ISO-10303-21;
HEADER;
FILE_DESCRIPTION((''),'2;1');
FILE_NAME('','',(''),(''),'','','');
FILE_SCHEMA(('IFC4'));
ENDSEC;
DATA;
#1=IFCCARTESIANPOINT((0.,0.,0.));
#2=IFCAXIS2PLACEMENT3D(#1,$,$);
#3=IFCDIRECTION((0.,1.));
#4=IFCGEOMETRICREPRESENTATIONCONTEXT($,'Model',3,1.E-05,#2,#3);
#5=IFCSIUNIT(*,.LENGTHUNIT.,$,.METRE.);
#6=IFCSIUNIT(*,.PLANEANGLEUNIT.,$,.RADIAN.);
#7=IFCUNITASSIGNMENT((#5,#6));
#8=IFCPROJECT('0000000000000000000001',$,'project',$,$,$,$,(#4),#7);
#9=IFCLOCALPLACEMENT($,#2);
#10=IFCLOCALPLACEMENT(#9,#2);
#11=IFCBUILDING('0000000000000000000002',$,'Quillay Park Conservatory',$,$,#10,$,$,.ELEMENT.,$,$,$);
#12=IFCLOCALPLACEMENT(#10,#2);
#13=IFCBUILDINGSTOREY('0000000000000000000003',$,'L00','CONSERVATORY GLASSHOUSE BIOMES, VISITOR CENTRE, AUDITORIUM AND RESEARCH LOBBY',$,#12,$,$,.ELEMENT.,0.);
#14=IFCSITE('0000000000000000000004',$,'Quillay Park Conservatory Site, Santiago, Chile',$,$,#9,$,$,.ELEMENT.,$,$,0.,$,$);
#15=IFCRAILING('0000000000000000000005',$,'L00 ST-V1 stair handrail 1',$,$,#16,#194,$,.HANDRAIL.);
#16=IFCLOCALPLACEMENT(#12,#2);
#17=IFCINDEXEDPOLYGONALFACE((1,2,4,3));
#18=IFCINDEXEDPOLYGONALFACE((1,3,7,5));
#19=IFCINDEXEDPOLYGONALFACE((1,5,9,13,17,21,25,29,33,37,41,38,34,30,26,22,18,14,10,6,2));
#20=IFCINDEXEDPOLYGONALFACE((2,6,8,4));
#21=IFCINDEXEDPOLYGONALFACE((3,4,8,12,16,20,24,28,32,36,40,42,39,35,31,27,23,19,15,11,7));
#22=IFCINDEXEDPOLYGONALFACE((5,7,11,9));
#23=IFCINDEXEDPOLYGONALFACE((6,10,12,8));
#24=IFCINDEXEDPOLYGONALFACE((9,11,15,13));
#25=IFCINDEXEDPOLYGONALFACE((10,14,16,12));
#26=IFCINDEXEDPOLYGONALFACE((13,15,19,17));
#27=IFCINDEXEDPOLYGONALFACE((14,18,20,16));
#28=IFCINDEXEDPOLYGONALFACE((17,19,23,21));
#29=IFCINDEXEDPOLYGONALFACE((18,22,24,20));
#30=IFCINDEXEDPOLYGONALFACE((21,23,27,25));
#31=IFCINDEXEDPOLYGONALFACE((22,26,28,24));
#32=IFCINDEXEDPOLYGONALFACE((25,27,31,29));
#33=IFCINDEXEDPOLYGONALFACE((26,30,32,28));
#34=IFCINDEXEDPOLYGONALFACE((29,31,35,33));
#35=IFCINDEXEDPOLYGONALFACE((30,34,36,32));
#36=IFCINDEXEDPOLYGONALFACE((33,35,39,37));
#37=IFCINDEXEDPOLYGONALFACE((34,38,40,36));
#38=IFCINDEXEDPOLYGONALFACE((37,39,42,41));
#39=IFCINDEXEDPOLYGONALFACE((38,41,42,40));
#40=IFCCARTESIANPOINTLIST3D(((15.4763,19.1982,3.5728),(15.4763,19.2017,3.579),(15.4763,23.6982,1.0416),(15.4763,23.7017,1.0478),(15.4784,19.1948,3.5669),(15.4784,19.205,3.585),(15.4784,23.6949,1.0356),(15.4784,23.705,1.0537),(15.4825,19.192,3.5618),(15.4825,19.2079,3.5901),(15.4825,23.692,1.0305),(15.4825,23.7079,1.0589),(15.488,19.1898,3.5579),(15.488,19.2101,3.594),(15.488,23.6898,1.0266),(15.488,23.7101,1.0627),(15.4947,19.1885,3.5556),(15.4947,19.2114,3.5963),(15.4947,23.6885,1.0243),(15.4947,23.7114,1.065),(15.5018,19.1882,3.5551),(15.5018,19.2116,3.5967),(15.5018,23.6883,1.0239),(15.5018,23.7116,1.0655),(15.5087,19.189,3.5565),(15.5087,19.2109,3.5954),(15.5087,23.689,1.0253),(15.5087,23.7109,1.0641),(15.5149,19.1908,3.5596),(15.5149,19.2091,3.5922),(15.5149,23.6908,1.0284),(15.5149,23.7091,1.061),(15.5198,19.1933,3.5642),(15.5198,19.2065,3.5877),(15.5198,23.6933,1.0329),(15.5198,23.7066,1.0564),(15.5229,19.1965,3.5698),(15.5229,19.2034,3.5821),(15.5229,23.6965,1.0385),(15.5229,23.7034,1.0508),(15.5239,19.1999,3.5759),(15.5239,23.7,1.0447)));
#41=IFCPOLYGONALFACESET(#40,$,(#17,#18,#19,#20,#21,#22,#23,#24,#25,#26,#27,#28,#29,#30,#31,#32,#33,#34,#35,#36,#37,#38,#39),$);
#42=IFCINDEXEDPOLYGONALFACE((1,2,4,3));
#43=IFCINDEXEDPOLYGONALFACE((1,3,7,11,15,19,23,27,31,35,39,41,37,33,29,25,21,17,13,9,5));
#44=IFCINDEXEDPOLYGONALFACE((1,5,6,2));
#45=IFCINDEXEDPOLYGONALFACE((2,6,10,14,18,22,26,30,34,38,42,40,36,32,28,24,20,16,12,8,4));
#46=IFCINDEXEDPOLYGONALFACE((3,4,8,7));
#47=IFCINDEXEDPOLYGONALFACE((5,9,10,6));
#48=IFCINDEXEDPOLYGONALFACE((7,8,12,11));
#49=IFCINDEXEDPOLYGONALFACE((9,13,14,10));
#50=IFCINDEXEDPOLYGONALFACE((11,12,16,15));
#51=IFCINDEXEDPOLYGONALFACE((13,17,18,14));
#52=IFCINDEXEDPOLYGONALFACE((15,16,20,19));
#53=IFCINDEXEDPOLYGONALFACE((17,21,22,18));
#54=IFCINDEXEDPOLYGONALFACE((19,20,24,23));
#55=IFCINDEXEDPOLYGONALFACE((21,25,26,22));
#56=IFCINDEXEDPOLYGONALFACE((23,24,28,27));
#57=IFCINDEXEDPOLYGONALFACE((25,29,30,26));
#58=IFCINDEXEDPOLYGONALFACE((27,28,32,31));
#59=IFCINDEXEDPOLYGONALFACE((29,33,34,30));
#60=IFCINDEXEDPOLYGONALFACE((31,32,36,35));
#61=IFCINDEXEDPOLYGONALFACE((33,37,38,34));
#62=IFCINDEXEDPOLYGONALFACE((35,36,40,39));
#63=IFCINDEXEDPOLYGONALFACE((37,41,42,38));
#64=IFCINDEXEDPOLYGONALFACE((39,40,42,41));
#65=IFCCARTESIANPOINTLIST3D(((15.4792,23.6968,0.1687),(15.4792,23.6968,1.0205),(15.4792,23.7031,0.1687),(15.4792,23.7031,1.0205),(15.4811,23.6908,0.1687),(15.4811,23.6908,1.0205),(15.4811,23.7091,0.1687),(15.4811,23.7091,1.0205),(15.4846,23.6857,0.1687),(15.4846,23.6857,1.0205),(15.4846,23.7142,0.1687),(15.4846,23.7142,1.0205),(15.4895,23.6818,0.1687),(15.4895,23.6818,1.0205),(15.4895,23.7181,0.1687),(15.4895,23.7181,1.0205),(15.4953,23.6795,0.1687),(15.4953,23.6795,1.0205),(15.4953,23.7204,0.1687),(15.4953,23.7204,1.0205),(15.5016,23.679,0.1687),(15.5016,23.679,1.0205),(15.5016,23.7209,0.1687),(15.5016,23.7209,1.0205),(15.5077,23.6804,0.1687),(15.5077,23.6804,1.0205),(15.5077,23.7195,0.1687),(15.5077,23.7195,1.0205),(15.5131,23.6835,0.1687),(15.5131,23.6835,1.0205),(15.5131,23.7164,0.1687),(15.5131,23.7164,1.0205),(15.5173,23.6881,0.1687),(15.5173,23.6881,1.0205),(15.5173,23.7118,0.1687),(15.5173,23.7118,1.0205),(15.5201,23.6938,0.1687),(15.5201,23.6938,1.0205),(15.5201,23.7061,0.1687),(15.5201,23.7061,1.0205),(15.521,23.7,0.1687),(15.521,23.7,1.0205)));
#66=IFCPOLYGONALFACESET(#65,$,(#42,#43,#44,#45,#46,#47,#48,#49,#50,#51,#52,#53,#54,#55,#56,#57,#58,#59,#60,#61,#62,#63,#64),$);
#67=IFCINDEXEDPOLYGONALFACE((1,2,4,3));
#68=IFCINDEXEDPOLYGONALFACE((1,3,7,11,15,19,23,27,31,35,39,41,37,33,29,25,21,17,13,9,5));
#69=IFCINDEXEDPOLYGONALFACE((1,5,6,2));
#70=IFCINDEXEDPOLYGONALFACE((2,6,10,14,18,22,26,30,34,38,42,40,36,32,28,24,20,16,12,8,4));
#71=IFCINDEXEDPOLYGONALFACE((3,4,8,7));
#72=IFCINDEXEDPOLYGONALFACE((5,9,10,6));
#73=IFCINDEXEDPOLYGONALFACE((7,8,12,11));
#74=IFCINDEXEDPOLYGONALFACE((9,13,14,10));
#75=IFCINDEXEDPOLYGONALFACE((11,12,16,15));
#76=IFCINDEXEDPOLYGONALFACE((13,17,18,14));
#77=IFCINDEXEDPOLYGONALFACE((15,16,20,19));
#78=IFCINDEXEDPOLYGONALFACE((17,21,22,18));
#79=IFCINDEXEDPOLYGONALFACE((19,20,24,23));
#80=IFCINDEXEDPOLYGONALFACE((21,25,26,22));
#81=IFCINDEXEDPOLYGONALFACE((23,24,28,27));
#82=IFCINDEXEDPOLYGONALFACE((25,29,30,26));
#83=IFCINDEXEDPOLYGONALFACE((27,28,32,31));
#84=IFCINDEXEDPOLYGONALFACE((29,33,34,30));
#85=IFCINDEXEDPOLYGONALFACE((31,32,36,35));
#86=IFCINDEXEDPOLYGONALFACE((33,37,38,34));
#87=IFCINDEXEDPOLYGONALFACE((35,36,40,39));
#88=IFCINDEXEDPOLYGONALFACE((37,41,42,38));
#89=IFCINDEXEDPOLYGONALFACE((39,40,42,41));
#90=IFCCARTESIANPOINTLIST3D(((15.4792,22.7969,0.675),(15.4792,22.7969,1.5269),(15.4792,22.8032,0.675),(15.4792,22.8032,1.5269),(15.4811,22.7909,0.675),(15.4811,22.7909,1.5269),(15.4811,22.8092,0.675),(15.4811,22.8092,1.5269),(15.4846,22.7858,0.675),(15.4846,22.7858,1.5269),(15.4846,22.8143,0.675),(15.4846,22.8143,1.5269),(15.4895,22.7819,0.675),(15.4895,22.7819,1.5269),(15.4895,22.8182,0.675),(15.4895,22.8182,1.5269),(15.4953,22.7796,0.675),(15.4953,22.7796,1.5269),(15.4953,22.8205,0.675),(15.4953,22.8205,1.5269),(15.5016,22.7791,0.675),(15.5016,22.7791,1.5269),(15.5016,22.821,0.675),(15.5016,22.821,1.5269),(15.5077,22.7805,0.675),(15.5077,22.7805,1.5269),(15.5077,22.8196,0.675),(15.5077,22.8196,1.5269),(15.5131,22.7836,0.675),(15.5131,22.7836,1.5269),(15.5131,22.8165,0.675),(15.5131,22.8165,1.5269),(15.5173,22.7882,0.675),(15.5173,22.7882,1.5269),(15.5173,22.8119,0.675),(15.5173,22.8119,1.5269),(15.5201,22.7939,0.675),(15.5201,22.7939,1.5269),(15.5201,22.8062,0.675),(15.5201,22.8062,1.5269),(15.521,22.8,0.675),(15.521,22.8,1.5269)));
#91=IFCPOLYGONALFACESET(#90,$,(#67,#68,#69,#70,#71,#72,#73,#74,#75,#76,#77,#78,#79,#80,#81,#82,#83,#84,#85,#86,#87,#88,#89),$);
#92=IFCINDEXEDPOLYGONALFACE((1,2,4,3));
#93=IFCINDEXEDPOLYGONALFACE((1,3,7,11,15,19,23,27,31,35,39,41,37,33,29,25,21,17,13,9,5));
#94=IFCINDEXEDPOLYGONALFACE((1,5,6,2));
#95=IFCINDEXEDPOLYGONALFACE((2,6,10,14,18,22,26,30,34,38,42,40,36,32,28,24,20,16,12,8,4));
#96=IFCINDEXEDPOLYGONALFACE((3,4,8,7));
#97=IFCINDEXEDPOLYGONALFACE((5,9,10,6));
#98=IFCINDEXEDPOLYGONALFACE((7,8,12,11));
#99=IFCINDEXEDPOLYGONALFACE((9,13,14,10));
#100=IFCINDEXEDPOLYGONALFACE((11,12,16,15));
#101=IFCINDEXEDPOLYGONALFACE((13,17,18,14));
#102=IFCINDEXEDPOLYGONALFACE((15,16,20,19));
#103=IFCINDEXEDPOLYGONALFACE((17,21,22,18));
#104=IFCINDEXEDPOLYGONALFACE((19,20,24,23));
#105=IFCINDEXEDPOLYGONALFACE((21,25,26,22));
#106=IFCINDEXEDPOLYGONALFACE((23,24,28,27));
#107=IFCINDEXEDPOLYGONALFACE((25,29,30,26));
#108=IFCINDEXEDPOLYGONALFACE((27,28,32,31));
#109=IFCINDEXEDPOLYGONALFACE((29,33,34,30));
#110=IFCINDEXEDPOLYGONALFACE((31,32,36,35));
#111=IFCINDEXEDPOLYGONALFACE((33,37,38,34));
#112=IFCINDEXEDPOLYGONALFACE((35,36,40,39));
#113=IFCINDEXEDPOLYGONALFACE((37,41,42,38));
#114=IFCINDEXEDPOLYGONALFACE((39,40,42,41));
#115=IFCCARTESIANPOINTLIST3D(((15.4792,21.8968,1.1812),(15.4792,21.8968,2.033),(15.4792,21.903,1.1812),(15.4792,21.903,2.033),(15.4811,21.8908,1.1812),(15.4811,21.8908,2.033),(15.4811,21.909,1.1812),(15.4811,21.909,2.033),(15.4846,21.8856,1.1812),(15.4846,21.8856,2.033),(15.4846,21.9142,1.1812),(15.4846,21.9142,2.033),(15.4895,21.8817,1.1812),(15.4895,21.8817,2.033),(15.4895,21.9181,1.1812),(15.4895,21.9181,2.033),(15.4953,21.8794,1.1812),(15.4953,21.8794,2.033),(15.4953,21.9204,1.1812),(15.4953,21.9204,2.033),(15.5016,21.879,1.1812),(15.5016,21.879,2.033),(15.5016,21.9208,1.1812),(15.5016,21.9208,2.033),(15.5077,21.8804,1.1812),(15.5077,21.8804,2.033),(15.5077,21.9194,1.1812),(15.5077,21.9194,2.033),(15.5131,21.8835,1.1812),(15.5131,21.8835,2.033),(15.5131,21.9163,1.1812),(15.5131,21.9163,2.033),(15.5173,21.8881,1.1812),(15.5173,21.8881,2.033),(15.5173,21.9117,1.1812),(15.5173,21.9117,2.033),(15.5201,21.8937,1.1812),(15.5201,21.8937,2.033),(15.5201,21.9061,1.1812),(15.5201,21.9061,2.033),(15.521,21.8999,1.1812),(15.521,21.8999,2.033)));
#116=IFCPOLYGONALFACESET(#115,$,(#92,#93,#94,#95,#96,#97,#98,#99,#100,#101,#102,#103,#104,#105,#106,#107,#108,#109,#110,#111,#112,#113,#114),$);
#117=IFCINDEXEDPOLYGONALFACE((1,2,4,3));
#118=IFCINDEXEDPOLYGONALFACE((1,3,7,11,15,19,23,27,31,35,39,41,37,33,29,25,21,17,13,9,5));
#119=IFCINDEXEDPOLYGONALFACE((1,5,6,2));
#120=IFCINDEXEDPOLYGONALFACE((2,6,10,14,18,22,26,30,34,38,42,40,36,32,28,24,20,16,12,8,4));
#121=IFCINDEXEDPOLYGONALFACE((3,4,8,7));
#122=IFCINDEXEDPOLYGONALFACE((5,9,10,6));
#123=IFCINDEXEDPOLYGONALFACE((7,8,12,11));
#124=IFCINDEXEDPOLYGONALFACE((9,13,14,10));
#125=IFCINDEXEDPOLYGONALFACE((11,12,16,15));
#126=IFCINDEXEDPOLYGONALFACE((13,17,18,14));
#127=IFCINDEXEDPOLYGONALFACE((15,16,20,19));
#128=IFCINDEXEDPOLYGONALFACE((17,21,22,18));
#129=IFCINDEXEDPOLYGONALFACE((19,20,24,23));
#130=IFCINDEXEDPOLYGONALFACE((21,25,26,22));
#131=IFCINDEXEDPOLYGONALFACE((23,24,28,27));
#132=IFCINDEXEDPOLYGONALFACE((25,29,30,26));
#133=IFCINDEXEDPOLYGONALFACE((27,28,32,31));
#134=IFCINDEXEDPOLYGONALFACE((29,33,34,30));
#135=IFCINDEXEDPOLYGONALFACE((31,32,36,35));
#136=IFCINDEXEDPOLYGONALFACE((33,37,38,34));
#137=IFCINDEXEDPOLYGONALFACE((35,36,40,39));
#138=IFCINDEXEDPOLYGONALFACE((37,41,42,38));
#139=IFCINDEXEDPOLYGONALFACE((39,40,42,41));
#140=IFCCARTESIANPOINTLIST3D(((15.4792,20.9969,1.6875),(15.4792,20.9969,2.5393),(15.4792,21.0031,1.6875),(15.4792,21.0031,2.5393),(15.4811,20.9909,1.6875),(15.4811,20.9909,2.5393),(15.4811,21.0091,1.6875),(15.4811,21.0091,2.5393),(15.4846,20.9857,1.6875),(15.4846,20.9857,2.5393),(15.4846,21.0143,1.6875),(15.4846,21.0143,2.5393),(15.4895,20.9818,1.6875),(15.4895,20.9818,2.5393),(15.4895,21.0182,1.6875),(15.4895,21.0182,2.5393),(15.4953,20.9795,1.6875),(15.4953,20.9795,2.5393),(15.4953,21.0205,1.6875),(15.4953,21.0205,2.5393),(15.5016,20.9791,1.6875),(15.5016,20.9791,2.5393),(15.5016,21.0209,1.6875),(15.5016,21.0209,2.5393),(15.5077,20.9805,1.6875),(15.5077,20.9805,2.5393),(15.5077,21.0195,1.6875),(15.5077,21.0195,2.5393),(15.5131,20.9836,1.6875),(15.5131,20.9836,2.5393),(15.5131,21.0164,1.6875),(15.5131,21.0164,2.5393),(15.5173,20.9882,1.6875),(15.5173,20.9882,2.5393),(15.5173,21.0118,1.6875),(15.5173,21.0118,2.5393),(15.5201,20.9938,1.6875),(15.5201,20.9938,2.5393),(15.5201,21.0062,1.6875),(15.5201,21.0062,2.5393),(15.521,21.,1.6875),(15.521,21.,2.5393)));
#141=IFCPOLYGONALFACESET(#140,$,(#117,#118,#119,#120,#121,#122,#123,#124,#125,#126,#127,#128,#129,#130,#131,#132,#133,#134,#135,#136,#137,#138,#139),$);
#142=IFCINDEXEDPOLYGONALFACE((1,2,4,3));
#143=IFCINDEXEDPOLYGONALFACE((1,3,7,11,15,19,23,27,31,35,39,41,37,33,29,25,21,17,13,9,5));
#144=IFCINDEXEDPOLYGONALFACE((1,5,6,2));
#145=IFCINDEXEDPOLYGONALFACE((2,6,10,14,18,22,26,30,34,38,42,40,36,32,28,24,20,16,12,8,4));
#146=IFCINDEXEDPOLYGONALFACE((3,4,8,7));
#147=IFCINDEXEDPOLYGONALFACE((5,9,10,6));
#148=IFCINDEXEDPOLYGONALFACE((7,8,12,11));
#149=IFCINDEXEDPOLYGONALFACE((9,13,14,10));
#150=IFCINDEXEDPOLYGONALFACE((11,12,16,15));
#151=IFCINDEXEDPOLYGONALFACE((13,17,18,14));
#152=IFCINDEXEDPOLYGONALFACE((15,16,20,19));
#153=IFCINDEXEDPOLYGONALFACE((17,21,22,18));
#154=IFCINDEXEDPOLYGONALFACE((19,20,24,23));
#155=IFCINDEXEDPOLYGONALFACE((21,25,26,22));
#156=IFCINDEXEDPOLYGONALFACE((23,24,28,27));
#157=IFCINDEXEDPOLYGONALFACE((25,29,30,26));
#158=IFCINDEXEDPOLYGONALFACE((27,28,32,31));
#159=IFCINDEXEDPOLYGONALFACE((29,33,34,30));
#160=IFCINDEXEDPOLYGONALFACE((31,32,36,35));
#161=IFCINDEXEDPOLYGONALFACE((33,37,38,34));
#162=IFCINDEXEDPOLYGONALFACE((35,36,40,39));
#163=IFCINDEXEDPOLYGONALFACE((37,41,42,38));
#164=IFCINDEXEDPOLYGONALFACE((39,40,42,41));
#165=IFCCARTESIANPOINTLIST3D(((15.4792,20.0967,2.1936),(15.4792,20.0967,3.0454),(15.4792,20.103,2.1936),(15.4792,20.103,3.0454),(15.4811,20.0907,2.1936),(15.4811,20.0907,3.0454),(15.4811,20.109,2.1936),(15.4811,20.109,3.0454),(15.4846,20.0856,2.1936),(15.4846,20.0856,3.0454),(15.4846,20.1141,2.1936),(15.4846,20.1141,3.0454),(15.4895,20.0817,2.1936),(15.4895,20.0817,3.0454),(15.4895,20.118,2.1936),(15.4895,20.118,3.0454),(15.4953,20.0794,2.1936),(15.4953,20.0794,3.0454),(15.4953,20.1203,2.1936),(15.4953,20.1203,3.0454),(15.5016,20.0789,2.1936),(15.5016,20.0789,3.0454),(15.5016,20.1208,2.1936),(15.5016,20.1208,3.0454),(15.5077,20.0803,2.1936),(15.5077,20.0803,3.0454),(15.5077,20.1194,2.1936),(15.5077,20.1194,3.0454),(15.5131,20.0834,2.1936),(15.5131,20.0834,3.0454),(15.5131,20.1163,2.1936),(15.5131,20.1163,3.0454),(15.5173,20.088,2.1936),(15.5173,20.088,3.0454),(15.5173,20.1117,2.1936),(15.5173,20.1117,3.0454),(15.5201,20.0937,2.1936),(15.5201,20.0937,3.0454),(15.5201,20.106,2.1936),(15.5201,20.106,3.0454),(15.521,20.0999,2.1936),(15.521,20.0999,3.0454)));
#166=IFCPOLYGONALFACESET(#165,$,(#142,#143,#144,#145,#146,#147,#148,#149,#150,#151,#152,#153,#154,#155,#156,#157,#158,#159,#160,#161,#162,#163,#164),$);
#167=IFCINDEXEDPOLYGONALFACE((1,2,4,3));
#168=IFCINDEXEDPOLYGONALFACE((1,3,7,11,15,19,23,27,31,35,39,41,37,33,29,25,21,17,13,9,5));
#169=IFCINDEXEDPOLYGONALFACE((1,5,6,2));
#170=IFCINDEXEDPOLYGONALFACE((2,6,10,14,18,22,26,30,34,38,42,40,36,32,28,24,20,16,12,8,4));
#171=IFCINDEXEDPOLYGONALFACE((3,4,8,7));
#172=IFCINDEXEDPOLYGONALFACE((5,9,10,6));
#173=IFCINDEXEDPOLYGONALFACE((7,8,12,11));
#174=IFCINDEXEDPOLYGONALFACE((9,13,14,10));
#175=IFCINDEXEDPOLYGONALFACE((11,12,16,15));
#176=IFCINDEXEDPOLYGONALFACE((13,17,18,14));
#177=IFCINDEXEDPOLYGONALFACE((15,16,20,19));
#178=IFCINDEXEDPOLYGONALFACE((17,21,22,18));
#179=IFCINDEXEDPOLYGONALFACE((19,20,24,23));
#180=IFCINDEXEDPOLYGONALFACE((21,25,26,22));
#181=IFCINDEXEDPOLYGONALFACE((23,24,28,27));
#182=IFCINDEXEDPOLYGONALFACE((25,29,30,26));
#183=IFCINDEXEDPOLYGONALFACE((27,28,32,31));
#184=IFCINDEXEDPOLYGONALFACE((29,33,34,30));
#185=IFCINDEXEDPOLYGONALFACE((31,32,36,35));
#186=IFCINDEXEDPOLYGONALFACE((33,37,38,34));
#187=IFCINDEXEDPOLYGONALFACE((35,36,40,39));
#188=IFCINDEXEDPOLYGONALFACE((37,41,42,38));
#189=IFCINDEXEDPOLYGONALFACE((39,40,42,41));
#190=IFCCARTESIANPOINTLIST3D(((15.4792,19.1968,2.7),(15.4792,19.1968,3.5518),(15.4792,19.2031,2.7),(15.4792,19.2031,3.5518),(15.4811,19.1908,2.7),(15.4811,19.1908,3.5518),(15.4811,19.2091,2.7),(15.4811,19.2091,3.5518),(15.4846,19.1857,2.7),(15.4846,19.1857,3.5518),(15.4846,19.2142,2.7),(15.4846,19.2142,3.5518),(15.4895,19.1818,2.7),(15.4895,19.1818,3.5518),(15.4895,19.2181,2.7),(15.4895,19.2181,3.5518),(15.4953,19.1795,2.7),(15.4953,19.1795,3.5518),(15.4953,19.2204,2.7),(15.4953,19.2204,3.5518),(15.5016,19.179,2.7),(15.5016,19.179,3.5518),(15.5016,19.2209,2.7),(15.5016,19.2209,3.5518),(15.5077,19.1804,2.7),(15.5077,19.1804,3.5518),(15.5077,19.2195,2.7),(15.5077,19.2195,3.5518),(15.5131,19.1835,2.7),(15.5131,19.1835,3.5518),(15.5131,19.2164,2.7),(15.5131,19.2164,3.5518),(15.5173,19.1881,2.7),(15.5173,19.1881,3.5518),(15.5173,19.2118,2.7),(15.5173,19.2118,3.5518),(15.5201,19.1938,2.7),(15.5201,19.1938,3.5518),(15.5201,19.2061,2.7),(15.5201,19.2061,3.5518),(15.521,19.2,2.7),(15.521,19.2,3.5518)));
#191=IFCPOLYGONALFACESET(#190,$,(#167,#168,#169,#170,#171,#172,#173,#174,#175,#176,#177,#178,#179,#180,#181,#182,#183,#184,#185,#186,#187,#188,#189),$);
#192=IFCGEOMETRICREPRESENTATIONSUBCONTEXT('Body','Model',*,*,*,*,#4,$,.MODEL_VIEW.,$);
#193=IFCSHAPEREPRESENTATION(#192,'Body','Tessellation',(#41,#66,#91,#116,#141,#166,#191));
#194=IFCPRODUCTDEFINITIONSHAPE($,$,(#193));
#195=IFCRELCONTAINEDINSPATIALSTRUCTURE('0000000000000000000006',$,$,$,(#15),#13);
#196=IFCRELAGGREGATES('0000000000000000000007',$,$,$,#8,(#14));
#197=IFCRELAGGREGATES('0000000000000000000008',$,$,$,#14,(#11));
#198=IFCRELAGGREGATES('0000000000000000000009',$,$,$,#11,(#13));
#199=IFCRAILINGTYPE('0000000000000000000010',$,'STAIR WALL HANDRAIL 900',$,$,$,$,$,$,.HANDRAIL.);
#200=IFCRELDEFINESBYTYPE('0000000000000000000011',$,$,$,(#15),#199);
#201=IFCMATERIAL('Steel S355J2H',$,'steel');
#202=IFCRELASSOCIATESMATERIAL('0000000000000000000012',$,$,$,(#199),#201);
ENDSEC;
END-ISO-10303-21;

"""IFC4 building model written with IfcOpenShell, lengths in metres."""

from ifc_helpers import new_model, si_unit, direction, frame, origin, origin_2d, place, context, subcontext, project, spatial, circle, extrude, material, type_object, element, save


model = new_model("IFC4")

# Units and contexts
model_context = context("Model", 3, precision=1e-05, world=origin(), true_north=direction((0.0, 1.0)))
body_context = subcontext(model_context, "Body", "Model", "MODEL_VIEW")
ifc_project = project(units=[si_unit("LENGTHUNIT", "METRE"), si_unit("PLANEANGLEUNIT", "RADIAN")], contexts=[model_context])

# Site, building, storey
site_placement = place(None, origin())
site = spatial("IfcSite", under=ifc_project, at=site_placement, Name="Quillay Park Conservatory Site, Santiago, Chile", CompositionType="ELEMENT", RefElevation=0.0)
building_placement = place(site_placement, origin())
building = spatial("IfcBuilding", under=site, at=building_placement, Name="Quillay Park Conservatory", CompositionType="ELEMENT")
storey_placement = place(building_placement, origin())
storey = spatial("IfcBuildingStorey", under=building, at=storey_placement, Name="L00", Description="CONSERVATORY GLASSHOUSE BIOMES, VISITOR CENTRE, AUDITORIUM AND RESEARCH LOBBY", CompositionType="ELEMENT", Elevation=0.0)

# Railing
ifc_material_1 = material(Name="Steel S355J2H", Category="steel")
railing_type_1 = type_object("IfcRailingType", Name="STAIR WALL HANDRAIL 900", PredefinedType="HANDRAIL", material=ifc_material_1)
railing_1_placement = place(storey_placement, frame((15.5, 23.7, 0.1687)))
element("IfcRailing", 1, at=railing_1_placement, inside=storey, type_object=railing_type_1, Name="L00 ST-V1 stair handrail 1", PredefinedType="HANDRAIL", context=body_context, shape_type="SweptSolid", body=[
    extrude(circle(Radius=0.0239, at=origin_2d()), frame((0.0, 0.0, 0.876), z_axis=(0.0, -0.871576, 0.490261), x_axis=(1.0, 0.0, 0.0)), (0.0, 0.0, 1.0), 5.1631),
    extrude(circle(Radius=0.021, at=origin_2d()), origin(), (0.0, 0.0, 1.0), 0.8518),
    extrude(circle(Radius=0.021, at=origin_2d()), frame((0.0, -0.8999, 0.5063)), (0.0, 0.0, 1.0), 0.8518),
    extrude(circle(Radius=0.021, at=origin_2d()), frame((0.0, -1.8, 1.0125)), (0.0, 0.0, 1.0), 0.8518),
    extrude(circle(Radius=0.021, at=origin_2d()), frame((0.0, -2.7, 1.5188)), (0.0, 0.0, 1.0), 0.8518),
    extrude(circle(Radius=0.021, at=origin_2d()), frame((0.0, -3.6001, 2.0249)), (0.0, 0.0, 1.0), 0.8518),
    extrude(circle(Radius=0.021, at=origin_2d()), frame((0.0, -4.5, 2.5312)), (0.0, 0.0, 1.0), 0.8518),
])

save(model, "model.ifc")
